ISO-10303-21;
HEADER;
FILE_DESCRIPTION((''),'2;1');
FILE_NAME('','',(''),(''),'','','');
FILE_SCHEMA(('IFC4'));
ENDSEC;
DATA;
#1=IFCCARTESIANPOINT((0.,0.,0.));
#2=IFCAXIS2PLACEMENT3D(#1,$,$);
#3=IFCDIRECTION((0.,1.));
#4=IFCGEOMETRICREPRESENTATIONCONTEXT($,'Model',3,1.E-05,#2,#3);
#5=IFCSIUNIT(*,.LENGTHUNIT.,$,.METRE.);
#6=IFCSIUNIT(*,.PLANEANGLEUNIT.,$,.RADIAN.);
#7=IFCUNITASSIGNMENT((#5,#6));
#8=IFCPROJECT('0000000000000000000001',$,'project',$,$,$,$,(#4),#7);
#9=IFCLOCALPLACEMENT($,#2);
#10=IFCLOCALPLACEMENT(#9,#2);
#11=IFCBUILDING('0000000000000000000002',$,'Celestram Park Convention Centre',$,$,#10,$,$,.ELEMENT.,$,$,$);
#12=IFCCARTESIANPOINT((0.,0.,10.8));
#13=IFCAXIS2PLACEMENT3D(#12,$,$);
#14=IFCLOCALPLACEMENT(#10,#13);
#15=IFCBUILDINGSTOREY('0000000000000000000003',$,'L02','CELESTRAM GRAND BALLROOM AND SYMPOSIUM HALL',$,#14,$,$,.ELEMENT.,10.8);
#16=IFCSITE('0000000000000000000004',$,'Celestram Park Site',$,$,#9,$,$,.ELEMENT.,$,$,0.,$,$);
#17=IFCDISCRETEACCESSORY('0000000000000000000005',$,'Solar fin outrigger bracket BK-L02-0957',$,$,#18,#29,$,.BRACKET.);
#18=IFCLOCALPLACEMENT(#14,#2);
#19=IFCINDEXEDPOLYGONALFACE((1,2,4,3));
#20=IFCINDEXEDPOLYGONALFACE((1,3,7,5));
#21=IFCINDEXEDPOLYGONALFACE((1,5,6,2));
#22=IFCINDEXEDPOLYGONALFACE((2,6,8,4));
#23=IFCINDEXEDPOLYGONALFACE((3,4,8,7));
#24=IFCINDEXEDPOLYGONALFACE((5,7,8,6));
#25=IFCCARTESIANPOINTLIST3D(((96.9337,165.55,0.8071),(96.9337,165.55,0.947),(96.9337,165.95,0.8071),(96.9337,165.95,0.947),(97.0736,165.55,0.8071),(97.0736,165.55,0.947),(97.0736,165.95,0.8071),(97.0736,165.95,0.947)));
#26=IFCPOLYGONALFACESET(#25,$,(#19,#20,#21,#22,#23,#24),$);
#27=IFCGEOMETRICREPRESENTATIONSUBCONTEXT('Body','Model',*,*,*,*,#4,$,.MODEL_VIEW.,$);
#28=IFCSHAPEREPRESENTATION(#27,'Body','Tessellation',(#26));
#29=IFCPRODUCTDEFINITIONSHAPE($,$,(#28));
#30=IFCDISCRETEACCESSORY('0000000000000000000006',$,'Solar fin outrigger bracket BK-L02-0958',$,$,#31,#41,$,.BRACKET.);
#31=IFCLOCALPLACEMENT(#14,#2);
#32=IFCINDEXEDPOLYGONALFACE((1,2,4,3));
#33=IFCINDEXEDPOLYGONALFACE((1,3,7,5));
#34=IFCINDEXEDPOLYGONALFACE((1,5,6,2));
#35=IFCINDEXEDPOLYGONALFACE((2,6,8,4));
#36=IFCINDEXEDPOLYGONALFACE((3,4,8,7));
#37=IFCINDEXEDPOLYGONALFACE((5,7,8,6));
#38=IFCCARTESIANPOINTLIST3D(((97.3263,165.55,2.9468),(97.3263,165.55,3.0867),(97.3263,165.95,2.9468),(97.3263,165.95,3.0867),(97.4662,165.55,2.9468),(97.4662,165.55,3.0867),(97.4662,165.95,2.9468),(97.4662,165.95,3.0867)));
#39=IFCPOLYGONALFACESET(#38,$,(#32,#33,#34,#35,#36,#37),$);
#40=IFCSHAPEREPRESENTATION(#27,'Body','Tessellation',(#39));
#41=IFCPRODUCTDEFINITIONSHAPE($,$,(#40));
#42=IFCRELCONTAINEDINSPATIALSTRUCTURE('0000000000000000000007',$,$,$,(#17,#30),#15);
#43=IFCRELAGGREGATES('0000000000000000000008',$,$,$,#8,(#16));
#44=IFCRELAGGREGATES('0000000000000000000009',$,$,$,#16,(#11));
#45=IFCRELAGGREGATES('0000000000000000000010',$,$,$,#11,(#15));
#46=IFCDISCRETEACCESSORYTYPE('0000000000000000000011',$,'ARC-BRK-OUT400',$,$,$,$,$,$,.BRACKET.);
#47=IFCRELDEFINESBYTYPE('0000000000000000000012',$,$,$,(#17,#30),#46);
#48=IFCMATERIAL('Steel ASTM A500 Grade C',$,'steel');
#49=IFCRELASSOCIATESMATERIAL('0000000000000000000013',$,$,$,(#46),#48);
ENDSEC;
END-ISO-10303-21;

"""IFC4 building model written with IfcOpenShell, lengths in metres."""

from ifc_helpers import new_model, si_unit, direction, frame, origin, origin_2d, place, context, subcontext, project, spatial, rectangle, extrude, material, type_object, element, save


model = new_model("IFC4")

# Units and contexts
model_context = context("Model", 3, precision=1e-05, world=origin(), true_north=direction((0.0, 1.0)))
body_context = subcontext(model_context, "Body", "Model", "MODEL_VIEW")
ifc_project = project(units=[si_unit("LENGTHUNIT", "METRE"), si_unit("PLANEANGLEUNIT", "RADIAN")], contexts=[model_context])

# Site, building, storey
site_placement = place(None, origin())
site = spatial("IfcSite", under=ifc_project, at=site_placement, Name="Celestram Park Site", CompositionType="ELEMENT", RefElevation=0.0)
building_placement = place(site_placement, origin())
building = spatial("IfcBuilding", under=site, at=building_placement, Name="Celestram Park Convention Centre", CompositionType="ELEMENT")
storey_placement = place(building_placement, frame((0.0, 0.0, 10.8)))
storey = spatial("IfcBuildingStorey", under=building, at=storey_placement, Name="L02", Description="CELESTRAM GRAND BALLROOM AND SYMPOSIUM HALL", CompositionType="ELEMENT", Elevation=10.8)

# Discrete accessories
ifc_material_1 = material(Name="Steel ASTM A500 Grade C", Category="steel")
discrete_accessory_type = type_object("IfcDiscreteAccessoryType", Name="ARC-BRK-OUT400", PredefinedType="BRACKET", material=ifc_material_1)
for number, where, z_axis, x_axis, name in (
    (1, (97.0037, 165.75, 0.8071), (0.0, 0.0, 1.0), (0.0, 1.0, 0.0), "Solar fin outrigger bracket BK-L02-0957"),
    (2, (97.3962, 165.75, 2.9468), (0.0, 0.0, 1.0), (0.0, 1.0, 0.0), "Solar fin outrigger bracket BK-L02-0958"),
):
    element("IfcDiscreteAccessory", number, at=place(storey_placement, frame(where, z_axis=z_axis, x_axis=x_axis)), inside=storey, type_object=discrete_accessory_type, Name=name, PredefinedType="BRACKET", context=body_context, shape_type="SweptSolid", body=[
        extrude(rectangle(XDim=0.3999, YDim=0.1399, at=origin_2d()), origin(), (0.0, 0.0, 1.0), 0.1399),
    ])

save(model, "model.ifc")
